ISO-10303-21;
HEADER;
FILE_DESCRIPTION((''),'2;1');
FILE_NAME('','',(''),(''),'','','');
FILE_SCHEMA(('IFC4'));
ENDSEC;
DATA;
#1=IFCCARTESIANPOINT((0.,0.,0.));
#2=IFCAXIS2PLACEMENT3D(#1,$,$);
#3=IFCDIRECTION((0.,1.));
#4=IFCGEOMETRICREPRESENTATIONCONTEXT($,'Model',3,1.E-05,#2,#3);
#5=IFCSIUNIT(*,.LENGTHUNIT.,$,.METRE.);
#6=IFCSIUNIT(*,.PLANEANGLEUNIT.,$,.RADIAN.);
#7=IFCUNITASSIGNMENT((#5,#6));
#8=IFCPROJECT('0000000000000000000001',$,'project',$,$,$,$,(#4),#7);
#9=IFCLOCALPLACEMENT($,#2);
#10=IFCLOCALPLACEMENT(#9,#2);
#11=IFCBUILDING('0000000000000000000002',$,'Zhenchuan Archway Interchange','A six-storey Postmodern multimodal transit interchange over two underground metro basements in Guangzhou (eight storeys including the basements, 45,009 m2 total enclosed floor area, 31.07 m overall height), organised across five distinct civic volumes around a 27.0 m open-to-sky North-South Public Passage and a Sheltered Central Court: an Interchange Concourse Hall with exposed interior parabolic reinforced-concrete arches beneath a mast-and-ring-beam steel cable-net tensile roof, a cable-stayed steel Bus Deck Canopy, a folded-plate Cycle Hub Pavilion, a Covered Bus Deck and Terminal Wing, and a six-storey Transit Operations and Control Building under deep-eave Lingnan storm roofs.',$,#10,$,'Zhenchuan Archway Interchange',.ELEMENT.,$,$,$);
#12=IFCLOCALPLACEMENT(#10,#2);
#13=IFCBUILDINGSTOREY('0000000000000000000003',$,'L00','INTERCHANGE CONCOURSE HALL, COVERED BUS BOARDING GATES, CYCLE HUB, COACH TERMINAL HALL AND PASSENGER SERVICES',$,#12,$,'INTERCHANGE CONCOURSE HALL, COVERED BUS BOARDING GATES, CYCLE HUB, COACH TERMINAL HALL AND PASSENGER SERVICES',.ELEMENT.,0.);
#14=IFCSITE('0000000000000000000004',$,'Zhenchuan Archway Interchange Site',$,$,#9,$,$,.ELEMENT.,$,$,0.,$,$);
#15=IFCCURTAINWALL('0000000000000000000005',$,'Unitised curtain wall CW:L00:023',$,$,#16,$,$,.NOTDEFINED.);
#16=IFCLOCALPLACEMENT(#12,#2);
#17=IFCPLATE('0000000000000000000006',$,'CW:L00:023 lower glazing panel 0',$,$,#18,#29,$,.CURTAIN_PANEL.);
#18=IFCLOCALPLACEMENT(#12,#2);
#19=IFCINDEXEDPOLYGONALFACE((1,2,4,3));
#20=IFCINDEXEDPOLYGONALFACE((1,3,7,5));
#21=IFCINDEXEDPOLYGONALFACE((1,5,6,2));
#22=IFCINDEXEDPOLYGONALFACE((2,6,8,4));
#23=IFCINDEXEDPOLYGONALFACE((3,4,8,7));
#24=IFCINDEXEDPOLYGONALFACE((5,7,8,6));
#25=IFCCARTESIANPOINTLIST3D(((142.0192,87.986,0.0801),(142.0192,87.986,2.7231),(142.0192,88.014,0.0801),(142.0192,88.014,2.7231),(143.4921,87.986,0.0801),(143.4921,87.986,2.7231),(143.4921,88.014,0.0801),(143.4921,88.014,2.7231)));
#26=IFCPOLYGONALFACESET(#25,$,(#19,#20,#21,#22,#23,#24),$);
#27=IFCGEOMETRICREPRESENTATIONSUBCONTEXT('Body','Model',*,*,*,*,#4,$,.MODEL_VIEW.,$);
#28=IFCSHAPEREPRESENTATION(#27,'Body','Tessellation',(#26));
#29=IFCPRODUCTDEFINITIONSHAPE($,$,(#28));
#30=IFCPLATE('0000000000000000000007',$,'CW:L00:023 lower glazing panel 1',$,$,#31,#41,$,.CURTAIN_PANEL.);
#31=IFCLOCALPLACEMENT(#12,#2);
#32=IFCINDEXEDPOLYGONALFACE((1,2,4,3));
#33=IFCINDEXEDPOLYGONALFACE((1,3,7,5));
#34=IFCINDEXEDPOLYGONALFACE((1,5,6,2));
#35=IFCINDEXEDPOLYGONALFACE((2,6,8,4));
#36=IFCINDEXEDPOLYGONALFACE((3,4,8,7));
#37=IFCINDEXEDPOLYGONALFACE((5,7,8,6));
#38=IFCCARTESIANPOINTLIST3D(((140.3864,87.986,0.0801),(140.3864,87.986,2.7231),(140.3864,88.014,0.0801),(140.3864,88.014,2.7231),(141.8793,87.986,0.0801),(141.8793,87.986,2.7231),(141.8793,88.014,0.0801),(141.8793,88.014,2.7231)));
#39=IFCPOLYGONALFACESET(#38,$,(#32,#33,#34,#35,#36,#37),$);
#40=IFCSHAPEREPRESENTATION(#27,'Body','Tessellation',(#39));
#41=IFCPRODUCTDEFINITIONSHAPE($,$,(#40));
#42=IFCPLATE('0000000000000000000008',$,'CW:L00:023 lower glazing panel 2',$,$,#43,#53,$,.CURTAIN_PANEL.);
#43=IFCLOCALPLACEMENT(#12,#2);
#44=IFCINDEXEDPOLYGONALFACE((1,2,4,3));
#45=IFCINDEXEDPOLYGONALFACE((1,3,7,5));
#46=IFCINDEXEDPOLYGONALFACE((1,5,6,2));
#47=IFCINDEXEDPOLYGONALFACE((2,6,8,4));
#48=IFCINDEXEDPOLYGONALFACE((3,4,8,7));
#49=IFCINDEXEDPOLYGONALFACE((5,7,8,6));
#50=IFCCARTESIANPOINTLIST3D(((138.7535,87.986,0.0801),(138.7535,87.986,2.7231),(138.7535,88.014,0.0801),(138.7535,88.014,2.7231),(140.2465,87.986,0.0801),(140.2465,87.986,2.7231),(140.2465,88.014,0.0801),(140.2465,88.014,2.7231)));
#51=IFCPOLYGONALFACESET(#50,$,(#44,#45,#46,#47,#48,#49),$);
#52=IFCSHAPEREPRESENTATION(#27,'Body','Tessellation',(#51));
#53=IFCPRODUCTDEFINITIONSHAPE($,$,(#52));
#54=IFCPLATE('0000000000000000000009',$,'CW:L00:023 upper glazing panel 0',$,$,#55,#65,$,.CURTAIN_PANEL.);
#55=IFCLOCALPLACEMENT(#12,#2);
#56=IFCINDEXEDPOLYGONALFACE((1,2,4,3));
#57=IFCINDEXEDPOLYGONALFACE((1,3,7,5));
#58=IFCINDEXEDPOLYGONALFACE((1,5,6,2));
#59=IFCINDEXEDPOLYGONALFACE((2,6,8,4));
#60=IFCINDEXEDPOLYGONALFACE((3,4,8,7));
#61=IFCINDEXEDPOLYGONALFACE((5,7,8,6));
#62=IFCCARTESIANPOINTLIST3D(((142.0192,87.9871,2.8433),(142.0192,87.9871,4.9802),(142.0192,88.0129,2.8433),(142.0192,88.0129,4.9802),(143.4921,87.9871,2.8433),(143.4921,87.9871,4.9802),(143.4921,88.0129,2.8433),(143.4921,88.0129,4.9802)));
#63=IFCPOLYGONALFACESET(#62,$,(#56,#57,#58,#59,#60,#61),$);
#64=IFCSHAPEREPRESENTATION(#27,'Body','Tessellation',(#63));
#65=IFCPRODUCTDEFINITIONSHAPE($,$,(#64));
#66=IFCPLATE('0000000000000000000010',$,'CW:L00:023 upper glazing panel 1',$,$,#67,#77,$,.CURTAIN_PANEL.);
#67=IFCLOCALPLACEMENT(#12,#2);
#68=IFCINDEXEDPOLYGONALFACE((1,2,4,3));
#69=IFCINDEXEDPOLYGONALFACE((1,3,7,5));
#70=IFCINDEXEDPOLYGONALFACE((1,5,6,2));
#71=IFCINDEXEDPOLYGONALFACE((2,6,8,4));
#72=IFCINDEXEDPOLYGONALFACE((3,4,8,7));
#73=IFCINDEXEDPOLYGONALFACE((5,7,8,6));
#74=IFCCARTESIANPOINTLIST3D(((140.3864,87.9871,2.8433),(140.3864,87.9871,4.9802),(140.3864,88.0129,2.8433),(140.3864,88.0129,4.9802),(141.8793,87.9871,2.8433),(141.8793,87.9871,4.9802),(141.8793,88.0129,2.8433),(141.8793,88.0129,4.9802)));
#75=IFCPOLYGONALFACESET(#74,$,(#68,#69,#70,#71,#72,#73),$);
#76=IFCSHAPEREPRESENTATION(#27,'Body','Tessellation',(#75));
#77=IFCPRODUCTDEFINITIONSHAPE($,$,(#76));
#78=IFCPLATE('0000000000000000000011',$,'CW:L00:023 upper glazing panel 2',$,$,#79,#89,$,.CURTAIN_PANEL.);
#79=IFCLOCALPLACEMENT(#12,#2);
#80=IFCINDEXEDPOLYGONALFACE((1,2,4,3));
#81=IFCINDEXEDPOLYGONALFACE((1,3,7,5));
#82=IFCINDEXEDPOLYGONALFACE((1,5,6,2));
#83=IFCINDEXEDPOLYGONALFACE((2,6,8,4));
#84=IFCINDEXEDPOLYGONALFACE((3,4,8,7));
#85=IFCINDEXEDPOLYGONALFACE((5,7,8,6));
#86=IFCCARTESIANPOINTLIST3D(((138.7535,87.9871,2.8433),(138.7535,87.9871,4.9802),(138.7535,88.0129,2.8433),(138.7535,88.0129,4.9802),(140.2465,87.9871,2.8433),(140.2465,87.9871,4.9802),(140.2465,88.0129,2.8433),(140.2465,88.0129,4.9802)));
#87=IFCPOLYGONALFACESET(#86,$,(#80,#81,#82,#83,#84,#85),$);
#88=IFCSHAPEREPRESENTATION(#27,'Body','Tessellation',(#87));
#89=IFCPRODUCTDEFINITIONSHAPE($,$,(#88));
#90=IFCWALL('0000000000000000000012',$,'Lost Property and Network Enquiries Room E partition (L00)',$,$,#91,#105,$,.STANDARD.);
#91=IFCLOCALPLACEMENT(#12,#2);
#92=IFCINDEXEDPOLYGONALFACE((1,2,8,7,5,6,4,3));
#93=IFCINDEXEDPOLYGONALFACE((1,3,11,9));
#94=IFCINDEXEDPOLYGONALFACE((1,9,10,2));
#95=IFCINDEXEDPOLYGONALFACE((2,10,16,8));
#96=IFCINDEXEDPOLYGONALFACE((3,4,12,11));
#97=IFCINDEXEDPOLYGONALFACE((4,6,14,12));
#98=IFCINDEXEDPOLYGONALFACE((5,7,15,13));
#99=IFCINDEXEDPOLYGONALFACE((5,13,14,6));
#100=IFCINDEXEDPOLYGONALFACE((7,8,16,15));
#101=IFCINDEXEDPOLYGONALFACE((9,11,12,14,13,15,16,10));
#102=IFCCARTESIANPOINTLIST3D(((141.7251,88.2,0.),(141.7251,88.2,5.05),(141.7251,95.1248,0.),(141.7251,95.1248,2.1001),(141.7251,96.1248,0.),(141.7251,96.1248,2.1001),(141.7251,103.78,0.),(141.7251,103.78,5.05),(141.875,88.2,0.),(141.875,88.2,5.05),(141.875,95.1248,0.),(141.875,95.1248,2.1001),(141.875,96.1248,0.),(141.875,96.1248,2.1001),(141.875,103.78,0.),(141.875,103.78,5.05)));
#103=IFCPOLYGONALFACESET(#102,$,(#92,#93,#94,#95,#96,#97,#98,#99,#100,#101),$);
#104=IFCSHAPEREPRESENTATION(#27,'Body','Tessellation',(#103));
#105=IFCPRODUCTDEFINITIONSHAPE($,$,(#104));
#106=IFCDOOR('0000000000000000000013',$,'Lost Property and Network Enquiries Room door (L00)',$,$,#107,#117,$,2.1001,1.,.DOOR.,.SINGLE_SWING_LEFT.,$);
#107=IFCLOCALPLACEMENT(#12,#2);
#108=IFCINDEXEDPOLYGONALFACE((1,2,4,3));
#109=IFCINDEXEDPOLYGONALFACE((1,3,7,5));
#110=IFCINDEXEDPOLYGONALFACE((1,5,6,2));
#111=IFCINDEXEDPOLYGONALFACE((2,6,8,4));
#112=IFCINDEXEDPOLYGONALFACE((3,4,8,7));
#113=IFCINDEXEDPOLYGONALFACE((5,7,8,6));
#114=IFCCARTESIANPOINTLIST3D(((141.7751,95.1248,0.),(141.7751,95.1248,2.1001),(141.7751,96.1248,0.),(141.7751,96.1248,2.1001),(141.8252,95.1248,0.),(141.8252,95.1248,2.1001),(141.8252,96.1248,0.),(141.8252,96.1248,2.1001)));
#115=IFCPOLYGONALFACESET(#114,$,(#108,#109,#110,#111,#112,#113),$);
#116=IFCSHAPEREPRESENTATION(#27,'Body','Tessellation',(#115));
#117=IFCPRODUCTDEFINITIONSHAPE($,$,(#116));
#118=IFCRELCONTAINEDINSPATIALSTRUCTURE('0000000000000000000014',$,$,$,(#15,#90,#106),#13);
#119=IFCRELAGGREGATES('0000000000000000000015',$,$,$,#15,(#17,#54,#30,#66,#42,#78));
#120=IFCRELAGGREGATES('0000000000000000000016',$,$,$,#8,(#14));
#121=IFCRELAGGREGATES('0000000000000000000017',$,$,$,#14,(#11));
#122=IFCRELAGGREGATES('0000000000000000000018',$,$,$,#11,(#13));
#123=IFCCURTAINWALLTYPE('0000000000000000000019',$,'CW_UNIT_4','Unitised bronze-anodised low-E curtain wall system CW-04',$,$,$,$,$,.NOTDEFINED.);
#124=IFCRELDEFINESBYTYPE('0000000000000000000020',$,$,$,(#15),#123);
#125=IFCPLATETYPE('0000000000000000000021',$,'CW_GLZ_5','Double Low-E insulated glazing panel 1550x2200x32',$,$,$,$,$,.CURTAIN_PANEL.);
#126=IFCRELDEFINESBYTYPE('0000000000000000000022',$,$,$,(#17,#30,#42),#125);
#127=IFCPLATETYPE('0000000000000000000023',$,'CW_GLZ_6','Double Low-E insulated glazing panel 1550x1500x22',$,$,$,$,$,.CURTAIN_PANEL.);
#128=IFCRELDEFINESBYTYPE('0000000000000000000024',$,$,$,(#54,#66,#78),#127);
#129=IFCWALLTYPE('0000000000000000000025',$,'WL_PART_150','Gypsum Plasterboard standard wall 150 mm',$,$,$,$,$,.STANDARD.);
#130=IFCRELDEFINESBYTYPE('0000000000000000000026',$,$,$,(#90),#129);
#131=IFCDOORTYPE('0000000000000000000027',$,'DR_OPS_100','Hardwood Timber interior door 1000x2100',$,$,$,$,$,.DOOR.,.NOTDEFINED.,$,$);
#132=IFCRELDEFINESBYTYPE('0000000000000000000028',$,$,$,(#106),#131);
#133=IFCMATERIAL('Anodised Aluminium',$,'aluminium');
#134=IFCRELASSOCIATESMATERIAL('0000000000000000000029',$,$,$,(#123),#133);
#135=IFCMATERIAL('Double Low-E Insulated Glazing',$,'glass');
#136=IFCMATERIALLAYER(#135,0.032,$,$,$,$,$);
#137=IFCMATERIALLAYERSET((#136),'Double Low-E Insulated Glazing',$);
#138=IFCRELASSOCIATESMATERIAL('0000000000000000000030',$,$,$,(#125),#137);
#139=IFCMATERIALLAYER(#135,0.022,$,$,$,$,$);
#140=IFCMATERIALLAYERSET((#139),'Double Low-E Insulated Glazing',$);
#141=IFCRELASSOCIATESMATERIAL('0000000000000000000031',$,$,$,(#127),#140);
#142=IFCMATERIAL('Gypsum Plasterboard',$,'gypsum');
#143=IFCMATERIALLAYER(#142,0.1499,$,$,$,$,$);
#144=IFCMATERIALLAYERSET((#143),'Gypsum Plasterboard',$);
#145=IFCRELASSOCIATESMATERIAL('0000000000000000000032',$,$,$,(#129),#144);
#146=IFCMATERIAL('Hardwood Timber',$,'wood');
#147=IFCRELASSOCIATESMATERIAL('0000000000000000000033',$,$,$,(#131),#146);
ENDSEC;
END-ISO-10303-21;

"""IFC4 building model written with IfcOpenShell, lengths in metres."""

from ifc_helpers import new_model, si_unit, direction, frame, frame_2d, origin, origin_2d, place, context, subcontext, project, spatial, rectangle, extrude, material, layer, layer_set, type_object, element, fill, aggregate, save


model = new_model("IFC4")

# Units and contexts
model_context = context("Model", 3, precision=1e-05, world=origin(), true_north=direction((0.0, 1.0)))
body_context = subcontext(model_context, "Body", "Model", "MODEL_VIEW")
ifc_project = project(units=[si_unit("LENGTHUNIT", "METRE"), si_unit("PLANEANGLEUNIT", "RADIAN")], contexts=[model_context])

# Site, building, storey
site_placement = place(None, origin())
site = spatial("IfcSite", under=ifc_project, at=site_placement, Name="Zhenchuan Archway Interchange Site", CompositionType="ELEMENT", RefElevation=0.0)
building_placement = place(site_placement, origin())
building = spatial("IfcBuilding", under=site, at=building_placement, Name="Zhenchuan Archway Interchange", Description="A six-storey Postmodern multimodal transit interchange over two underground metro basements in Guangzhou (eight storeys including the basements, 45,009 m2 total enclosed floor area, 31.07 m overall height), organised across five distinct civic volumes around a 27.0 m open-to-sky North-South Public Passage and a Sheltered Central Court: an Interchange Concourse Hall with exposed interior parabolic reinforced-concrete arches beneath a mast-and-ring-beam steel cable-net tensile roof, a cable-stayed steel Bus Deck Canopy, a folded-plate Cycle Hub Pavilion, a Covered Bus Deck and Terminal Wing, and a six-storey Transit Operations and Control Building under deep-eave Lingnan storm roofs.", LongName="Zhenchuan Archway Interchange", CompositionType="ELEMENT")
storey_placement = place(building_placement, origin())
storey = spatial("IfcBuildingStorey", under=building, at=storey_placement, Name="L00", Description="INTERCHANGE CONCOURSE HALL, COVERED BUS BOARDING GATES, CYCLE HUB, COACH TERMINAL HALL AND PASSENGER SERVICES", LongName="INTERCHANGE CONCOURSE HALL, COVERED BUS BOARDING GATES, CYCLE HUB, COACH TERMINAL HALL AND PASSENGER SERVICES", CompositionType="ELEMENT", Elevation=0.0)

# Curtain wall
ifc_material_1 = material(Name="Anodised Aluminium", Category="aluminium")
curtain_wall_type = type_object("IfcCurtainWallType", Name="CW_UNIT_4", Description="Unitised bronze-anodised low-E curtain wall system CW-04", PredefinedType="NOTDEFINED", material=ifc_material_1)
curtain_wall_placement = place(storey_placement, origin())
curtain_wall = element("IfcCurtainWall", 1, at=curtain_wall_placement, inside=storey, type_object=curtain_wall_type, Name="Unitised curtain wall CW:L00:023", PredefinedType="NOTDEFINED")

# Plates
ifc_material_2 = material(Name="Double Low-E Insulated Glazing", Category="glass")
ifc_layer_1 = layer(ifc_material_2, 0.032)
ifc_layer_set_1 = layer_set([ifc_layer_1], Name="Double Low-E Insulated Glazing")
plate_type_1 = type_object("IfcPlateType", Name="CW_GLZ_5", Description="Double Low-E insulated glazing panel 1550x2200x32", PredefinedType="CURTAIN_PANEL", material=ifc_layer_set_1)
plate_1_placement = place(storey_placement, frame((142.7556, 88.0, 0.0801), z_axis=(0.0, 0.0, 1.0), x_axis=(-1.0, 0.0, 0.0)))
plate_1 = element("IfcPlate", 2, at=plate_1_placement, type_object=plate_type_1, Name="CW:L00:023 lower glazing panel 0", PredefinedType="CURTAIN_PANEL", context=body_context, shape_type="SweptSolid", body=[
    extrude(rectangle(XDim=1.4729, YDim=0.0281, at=origin_2d()), origin(), (0.0, 0.0, 1.0), 2.6431),
])
plate_2_placement = place(storey_placement, frame((141.1328, 88.0, 0.0801), z_axis=(0.0, 0.0, 1.0), x_axis=(-1.0, 0.0, 0.0)))
plate_2 = element("IfcPlate", 3, at=plate_2_placement, type_object=plate_type_1, Name="CW:L00:023 lower glazing panel 1", PredefinedType="CURTAIN_PANEL", context=body_context, shape_type="SweptSolid", body=[
    extrude(rectangle(XDim=1.4929, YDim=0.0281, at=origin_2d()), origin(), (0.0, 0.0, 1.0), 2.6431),
])
plate_3_placement = place(storey_placement, frame((139.5, 88.0, 0.0801), z_axis=(0.0, 0.0, 1.0), x_axis=(-1.0, 0.0, 0.0)))
plate_3 = element("IfcPlate", 4, at=plate_3_placement, type_object=plate_type_1, Name="CW:L00:023 lower glazing panel 2", PredefinedType="CURTAIN_PANEL", context=body_context, shape_type="SweptSolid", body=[
    extrude(rectangle(XDim=1.4929, YDim=0.0281, at=origin_2d()), origin(), (0.0, 0.0, 1.0), 2.6431),
])
ifc_layer_2 = layer(ifc_material_2, 0.022)
ifc_layer_set_2 = layer_set([ifc_layer_2], Name="Double Low-E Insulated Glazing")
plate_type_2 = type_object("IfcPlateType", Name="CW_GLZ_6", Description="Double Low-E insulated glazing panel 1550x1500x22", PredefinedType="CURTAIN_PANEL", material=ifc_layer_set_2)
plate_4_placement = place(storey_placement, frame((142.7556, 88.0, 2.8433), z_axis=(0.0, 0.0, 1.0), x_axis=(-1.0, 0.0, 0.0)))
plate_4 = element("IfcPlate", 5, at=plate_4_placement, type_object=plate_type_2, Name="CW:L00:023 upper glazing panel 0", PredefinedType="CURTAIN_PANEL", context=body_context, shape_type="SweptSolid", body=[
    extrude(rectangle(XDim=1.4729, YDim=0.0259, at=origin_2d()), origin(), (0.0, 0.0, 1.0), 2.137),
])
plate_5_placement = place(storey_placement, frame((141.1328, 88.0, 2.8433), z_axis=(0.0, 0.0, 1.0), x_axis=(-1.0, 0.0, 0.0)))
plate_5 = element("IfcPlate", 6, at=plate_5_placement, type_object=plate_type_2, Name="CW:L00:023 upper glazing panel 1", PredefinedType="CURTAIN_PANEL", context=body_context, shape_type="SweptSolid", body=[
    extrude(rectangle(XDim=1.4929, YDim=0.0259, at=origin_2d()), origin(), (0.0, 0.0, 1.0), 2.137),
])
plate_6_placement = place(storey_placement, frame((139.5, 88.0, 2.8433), z_axis=(0.0, 0.0, 1.0), x_axis=(-1.0, 0.0, 0.0)))
plate_6 = element("IfcPlate", 7, at=plate_6_placement, type_object=plate_type_2, Name="CW:L00:023 upper glazing panel 2", PredefinedType="CURTAIN_PANEL", context=body_context, shape_type="SweptSolid", body=[
    extrude(rectangle(XDim=1.4929, YDim=0.0259, at=origin_2d()), origin(), (0.0, 0.0, 1.0), 2.137),
])
aggregate(curtain_wall, [plate_1, plate_4, plate_2, plate_5, plate_3, plate_6])

# Wall, opening, door
ifc_material_3 = material(Name="Gypsum Plasterboard", Category="gypsum")
ifc_layer_3 = layer(ifc_material_3, 0.1499)
ifc_layer_set_3 = layer_set([ifc_layer_3], Name="Gypsum Plasterboard")
wall_type = type_object("IfcWallType", Name="WL_PART_150", Description="Gypsum Plasterboard standard wall 150 mm", PredefinedType="STANDARD", material=ifc_layer_set_3)
wall_placement = place(storey_placement, frame((141.8, 88.2, 0.0), z_axis=(0.0, 0.0, 1.0), x_axis=(0.0, 1.0, 0.0)))
wall = element("IfcWall", 8, at=wall_placement, inside=storey, type_object=wall_type, Name="Lost Property and Network Enquiries Room E partition (L00)", PredefinedType="STANDARD", context=body_context, shape_type="SweptSolid", body=[
    extrude(rectangle(XDim=15.5801, YDim=0.1499, at=frame_2d((7.79, 0.0))), origin(), (0.0, 0.0, 1.0), 5.05),
])
opening_placement = place(wall_placement, frame((6.9248, 0.0, 0.0)))
opening = element("IfcOpeningElement", 9, at=opening_placement, cuts=wall, PredefinedType="OPENING", context=body_context, shape_type="SweptSolid", body=[
    extrude(rectangle(XDim=1.0, YDim=2.1001, at=frame_2d((0.5, 1.05))), frame((0.0, 0.0869, 0.0), z_axis=(0.0, -1.0, 0.0), x_axis=(1.0, 0.0, 0.0)), (0.0, 0.0, 1.0), 0.1738),
])
ifc_material_4 = material(Name="Hardwood Timber", Category="wood")
door_type = type_object("IfcDoorType", Name="DR_OPS_100", Description="Hardwood Timber interior door 1000x2100", OperationType="NOTDEFINED", PredefinedType="DOOR", material=ifc_material_4)
door_placement = place(opening_placement, origin())
door = element("IfcDoor", 10, at=door_placement, inside=storey, type_object=door_type, Name="Lost Property and Network Enquiries Room door (L00)", OperationType="SINGLE_SWING_LEFT", OverallHeight=2.1001, OverallWidth=1.0, PredefinedType="DOOR", context=body_context, shape_type="SweptSolid", body=[
    extrude(rectangle(XDim=1.0, YDim=2.1001, at=frame_2d((0.5, 1.05))), frame((0.0, 0.0249, 0.0), z_axis=(0.0, -1.0, 0.0), x_axis=(1.0, 0.0, 0.0)), (0.0, 0.0, 1.0), 0.05),
])
fill(opening, door)

save(model, "model.ifc")
